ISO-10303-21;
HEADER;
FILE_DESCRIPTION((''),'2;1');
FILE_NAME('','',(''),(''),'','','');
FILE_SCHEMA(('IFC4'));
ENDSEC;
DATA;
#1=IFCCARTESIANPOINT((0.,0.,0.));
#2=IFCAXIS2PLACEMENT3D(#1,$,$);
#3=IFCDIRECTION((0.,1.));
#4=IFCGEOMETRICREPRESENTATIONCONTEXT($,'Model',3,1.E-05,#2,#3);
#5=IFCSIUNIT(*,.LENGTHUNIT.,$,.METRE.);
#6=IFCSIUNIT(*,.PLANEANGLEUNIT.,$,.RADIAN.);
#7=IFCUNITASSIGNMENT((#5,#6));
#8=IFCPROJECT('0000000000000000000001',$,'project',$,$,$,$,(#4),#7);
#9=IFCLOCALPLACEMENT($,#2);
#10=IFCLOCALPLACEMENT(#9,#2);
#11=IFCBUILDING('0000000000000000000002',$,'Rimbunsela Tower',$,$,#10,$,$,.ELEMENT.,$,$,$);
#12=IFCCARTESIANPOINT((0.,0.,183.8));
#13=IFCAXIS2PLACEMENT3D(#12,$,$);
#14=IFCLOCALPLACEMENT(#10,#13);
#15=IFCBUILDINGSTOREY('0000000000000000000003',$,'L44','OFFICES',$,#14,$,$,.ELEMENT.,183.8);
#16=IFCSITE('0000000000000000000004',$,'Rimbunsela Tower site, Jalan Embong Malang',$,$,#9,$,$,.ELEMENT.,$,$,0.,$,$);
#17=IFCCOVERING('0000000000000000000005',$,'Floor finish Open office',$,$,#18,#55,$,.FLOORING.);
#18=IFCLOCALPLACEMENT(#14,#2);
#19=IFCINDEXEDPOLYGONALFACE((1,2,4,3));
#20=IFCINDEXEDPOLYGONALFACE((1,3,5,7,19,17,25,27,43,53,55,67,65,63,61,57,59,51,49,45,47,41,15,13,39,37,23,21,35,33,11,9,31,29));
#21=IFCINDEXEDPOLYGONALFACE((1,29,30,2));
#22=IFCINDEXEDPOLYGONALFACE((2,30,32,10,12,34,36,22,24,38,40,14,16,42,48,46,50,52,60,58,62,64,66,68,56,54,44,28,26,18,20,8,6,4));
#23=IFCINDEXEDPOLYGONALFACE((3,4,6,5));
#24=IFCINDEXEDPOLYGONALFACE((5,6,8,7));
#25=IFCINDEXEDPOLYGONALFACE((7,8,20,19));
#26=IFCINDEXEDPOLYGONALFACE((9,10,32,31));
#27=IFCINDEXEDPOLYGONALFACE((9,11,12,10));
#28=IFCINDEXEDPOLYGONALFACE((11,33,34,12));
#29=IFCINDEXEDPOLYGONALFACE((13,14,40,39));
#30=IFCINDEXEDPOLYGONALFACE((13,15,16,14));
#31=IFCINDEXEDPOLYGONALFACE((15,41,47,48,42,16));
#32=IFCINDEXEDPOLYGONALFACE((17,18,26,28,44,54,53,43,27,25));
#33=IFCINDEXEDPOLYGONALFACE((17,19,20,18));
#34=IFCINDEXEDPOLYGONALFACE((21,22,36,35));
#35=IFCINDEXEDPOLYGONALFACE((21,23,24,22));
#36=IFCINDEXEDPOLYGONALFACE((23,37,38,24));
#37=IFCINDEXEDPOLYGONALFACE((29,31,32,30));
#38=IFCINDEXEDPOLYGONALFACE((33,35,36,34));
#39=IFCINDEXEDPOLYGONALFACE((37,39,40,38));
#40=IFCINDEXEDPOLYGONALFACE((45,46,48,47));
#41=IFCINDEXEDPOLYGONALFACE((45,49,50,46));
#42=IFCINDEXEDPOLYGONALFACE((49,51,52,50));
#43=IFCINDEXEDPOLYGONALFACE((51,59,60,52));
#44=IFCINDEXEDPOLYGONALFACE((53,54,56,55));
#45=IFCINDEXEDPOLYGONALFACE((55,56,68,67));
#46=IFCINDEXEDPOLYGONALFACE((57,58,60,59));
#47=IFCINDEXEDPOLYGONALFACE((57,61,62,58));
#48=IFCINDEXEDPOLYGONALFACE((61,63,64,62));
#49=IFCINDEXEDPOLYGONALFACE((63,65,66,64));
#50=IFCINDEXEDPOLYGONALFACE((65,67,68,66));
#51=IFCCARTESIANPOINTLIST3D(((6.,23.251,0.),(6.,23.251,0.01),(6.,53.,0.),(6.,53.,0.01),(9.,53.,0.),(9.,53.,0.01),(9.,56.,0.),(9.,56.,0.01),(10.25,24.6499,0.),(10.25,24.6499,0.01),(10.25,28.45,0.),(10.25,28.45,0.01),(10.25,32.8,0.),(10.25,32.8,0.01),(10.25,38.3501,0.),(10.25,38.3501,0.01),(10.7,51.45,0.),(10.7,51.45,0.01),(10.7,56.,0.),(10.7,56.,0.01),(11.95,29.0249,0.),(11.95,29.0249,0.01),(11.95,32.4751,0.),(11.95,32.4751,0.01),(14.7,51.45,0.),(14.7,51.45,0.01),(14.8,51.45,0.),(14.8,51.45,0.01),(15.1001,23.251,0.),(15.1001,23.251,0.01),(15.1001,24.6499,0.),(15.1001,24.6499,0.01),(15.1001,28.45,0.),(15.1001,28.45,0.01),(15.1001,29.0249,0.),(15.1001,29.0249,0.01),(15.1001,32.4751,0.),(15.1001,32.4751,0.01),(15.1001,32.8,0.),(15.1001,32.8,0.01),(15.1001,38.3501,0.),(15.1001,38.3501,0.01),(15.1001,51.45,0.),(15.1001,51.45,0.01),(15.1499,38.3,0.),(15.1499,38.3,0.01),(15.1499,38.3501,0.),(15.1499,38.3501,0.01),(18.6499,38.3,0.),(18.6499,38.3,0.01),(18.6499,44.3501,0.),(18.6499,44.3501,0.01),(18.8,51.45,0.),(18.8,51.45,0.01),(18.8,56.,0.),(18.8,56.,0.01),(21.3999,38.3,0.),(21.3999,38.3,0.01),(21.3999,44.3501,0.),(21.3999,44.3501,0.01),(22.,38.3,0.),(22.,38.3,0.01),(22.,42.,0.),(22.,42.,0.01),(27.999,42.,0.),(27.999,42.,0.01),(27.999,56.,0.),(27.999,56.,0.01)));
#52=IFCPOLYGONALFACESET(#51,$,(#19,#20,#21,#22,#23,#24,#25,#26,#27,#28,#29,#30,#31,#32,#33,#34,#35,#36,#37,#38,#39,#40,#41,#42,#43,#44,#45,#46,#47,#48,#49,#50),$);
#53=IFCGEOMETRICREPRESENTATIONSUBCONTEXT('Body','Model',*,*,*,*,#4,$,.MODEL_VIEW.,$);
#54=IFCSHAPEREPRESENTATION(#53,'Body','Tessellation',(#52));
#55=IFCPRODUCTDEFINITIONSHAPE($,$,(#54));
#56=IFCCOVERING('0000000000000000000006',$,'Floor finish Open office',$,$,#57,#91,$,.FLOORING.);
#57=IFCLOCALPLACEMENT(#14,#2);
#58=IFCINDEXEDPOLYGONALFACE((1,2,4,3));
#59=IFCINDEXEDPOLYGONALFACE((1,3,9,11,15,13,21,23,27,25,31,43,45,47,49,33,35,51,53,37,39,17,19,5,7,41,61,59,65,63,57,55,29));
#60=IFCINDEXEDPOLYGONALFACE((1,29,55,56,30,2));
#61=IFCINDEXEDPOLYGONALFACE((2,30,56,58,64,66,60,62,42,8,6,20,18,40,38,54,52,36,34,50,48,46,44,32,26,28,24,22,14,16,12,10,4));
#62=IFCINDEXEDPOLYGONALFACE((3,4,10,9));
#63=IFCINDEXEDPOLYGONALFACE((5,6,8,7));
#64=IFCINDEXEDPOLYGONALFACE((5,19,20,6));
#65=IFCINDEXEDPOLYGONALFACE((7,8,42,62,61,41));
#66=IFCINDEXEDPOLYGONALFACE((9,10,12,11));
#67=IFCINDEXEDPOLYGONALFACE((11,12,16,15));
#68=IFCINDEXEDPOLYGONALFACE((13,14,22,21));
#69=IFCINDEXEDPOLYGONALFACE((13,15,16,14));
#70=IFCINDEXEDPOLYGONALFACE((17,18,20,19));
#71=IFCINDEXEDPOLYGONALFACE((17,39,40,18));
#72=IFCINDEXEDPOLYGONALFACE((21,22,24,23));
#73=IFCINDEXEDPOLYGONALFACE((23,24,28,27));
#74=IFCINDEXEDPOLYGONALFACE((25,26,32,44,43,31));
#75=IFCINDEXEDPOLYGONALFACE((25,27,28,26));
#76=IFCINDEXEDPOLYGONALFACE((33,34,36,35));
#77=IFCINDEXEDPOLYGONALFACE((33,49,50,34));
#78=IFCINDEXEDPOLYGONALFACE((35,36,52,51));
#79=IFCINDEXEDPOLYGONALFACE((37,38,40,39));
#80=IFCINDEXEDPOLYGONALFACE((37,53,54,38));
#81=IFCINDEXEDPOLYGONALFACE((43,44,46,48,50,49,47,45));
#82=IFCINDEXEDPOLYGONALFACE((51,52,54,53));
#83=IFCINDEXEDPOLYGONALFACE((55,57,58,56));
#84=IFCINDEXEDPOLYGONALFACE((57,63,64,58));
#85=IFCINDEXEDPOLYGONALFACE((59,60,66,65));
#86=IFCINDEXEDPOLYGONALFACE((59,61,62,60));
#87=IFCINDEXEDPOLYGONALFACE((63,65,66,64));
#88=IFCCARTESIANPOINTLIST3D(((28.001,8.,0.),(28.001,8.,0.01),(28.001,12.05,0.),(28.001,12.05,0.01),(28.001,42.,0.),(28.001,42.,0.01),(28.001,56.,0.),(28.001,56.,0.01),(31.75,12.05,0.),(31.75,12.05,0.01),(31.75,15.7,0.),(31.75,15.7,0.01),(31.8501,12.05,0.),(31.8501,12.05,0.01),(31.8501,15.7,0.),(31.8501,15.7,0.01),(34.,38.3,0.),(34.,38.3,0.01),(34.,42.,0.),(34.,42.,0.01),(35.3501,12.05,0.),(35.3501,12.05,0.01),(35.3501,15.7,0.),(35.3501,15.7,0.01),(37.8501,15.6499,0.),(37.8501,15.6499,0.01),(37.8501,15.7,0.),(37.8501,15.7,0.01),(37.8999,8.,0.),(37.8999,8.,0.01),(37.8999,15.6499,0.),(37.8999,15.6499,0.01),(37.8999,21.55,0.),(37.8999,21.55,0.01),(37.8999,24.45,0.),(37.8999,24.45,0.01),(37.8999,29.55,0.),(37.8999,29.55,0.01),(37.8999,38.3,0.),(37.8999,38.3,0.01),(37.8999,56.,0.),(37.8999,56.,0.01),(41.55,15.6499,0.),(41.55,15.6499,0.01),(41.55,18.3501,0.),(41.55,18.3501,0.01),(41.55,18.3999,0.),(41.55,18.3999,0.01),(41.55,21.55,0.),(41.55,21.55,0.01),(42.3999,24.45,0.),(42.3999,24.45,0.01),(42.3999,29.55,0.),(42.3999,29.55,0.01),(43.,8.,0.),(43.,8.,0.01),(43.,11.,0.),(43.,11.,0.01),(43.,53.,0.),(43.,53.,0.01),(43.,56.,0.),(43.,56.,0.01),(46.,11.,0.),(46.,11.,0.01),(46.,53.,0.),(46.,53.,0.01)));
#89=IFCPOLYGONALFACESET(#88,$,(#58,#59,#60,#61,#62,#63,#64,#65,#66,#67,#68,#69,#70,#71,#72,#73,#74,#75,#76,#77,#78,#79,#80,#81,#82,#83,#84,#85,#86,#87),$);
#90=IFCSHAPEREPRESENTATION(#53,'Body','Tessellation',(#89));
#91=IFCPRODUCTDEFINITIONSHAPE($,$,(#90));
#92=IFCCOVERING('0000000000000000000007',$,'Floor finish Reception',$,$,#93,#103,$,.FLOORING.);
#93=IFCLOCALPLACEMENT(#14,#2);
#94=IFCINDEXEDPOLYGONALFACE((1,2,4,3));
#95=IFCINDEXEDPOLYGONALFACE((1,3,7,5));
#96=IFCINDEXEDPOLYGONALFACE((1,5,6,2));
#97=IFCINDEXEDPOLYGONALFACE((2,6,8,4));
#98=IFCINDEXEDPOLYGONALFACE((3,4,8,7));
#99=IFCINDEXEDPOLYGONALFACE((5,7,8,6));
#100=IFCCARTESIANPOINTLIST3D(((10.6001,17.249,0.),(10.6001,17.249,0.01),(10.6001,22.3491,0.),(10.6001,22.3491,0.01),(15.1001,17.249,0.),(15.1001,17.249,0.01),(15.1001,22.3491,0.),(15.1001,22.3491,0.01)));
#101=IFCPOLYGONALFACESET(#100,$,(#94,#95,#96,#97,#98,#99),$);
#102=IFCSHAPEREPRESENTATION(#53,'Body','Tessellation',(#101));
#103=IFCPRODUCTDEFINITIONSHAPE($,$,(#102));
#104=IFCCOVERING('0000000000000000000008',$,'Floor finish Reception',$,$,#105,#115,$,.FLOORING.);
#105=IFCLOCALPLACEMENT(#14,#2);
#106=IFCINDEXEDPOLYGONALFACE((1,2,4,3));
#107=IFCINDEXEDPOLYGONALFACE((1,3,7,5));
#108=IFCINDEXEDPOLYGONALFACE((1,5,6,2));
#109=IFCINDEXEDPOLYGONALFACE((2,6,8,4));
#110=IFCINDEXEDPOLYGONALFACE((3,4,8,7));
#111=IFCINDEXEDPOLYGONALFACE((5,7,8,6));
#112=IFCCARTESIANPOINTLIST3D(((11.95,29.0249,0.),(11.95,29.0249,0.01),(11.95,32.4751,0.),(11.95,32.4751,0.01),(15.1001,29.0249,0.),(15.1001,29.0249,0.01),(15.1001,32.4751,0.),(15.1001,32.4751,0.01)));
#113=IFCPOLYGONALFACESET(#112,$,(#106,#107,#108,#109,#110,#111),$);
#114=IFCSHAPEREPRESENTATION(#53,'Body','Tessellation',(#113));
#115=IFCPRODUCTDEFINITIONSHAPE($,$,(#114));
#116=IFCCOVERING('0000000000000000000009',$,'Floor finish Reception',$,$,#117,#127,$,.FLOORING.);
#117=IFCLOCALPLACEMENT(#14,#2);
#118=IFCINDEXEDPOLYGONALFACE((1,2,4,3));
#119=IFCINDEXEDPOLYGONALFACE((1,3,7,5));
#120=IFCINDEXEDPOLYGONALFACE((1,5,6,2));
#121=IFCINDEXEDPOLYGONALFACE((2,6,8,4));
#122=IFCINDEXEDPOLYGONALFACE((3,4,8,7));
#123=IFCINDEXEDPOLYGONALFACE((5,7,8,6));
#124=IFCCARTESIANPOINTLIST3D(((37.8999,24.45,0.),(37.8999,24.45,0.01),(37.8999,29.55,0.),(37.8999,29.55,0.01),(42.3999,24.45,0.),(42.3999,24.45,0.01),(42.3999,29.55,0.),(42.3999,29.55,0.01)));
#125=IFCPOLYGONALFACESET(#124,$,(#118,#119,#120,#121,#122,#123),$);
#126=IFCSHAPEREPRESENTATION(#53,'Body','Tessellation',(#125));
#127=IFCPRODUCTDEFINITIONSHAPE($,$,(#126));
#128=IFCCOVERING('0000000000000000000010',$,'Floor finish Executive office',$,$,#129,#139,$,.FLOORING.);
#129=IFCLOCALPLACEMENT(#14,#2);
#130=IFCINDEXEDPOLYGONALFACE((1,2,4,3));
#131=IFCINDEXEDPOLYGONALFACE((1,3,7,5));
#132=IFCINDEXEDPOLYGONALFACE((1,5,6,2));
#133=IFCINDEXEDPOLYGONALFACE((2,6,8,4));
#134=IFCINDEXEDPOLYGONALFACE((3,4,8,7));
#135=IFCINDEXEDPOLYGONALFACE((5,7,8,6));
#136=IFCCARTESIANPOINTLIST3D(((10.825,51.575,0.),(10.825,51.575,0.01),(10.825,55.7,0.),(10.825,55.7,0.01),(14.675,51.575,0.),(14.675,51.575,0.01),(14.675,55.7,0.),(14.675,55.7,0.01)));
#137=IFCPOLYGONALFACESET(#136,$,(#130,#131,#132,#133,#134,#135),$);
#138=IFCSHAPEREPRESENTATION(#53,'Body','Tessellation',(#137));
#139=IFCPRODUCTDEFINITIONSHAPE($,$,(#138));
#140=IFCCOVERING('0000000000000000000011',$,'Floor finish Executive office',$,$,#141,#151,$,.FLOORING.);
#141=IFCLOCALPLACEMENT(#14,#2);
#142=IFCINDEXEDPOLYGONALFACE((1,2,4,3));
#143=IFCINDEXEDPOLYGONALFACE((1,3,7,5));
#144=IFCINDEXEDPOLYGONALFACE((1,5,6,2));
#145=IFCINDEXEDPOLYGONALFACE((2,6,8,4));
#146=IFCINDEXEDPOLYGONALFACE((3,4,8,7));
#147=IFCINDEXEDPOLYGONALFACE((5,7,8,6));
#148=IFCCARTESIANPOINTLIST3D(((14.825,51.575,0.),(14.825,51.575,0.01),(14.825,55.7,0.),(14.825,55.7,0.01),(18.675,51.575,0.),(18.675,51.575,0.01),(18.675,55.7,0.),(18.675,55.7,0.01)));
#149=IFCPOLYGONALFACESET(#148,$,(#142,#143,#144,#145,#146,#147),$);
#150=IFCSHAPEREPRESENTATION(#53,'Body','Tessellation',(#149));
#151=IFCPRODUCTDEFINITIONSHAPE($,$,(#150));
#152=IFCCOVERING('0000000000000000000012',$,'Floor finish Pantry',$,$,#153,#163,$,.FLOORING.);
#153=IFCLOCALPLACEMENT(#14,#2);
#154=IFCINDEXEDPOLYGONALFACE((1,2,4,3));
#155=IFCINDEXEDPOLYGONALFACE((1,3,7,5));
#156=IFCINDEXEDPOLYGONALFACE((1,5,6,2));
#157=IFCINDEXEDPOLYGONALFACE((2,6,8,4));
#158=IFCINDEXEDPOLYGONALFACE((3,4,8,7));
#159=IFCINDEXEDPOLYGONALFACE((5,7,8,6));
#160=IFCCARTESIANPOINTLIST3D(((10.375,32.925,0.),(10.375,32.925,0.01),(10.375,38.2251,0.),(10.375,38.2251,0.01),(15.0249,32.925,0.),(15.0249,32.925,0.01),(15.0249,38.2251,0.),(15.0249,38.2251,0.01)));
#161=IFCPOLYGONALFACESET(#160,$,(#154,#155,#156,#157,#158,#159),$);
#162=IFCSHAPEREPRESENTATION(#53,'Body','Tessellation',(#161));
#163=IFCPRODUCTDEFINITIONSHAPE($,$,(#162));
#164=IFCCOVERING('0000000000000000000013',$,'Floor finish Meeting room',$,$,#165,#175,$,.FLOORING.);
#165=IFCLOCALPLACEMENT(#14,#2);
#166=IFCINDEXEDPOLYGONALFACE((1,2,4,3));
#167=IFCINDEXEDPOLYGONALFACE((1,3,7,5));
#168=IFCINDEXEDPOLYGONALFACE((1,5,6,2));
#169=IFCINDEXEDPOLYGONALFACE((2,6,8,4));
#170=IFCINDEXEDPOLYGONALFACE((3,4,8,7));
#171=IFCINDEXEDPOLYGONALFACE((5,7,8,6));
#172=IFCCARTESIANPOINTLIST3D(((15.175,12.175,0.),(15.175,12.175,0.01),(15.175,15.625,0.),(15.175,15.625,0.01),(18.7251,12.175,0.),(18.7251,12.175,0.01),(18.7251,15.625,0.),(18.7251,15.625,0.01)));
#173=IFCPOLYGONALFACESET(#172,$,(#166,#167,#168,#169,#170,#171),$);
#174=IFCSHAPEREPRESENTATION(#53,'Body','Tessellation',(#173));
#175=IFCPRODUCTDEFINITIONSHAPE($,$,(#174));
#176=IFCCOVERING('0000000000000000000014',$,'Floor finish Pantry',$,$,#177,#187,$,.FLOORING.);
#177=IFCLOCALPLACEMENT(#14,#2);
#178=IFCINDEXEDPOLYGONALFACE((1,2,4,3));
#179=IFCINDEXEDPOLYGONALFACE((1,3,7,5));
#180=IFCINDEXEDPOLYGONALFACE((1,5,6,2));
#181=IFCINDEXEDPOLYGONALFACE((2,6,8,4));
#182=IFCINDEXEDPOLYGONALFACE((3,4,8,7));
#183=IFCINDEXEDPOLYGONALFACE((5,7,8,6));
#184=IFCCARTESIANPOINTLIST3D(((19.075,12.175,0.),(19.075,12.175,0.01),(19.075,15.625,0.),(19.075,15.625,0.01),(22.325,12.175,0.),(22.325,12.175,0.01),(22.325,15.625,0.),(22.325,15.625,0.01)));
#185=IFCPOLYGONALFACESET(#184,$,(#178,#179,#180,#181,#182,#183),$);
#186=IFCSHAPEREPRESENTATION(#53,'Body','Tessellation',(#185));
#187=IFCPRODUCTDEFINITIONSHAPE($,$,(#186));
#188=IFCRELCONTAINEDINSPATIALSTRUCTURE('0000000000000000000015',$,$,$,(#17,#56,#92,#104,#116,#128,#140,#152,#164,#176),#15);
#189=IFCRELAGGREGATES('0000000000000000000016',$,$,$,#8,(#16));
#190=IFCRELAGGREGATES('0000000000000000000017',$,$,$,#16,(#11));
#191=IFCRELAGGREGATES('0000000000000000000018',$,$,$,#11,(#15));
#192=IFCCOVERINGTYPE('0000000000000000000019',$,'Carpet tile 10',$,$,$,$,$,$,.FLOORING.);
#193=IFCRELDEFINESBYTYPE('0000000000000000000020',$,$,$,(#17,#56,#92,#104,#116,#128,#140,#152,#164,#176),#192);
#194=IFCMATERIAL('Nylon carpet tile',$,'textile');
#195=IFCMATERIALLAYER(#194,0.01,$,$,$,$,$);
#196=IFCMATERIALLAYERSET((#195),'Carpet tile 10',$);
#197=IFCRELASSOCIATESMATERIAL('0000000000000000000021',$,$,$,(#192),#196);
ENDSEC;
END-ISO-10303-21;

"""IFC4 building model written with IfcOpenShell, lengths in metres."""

from ifc_helpers import new_model, si_unit, direction, frame, origin, place, context, subcontext, project, spatial, polyline, outline, extrude, material, layer, layer_set, type_object, element, save


model = new_model("IFC4")

# Units and contexts
model_context = context("Model", 3, precision=1e-05, world=origin(), true_north=direction((0.0, 1.0)))
body_context = subcontext(model_context, "Body", "Model", "MODEL_VIEW")
ifc_project = project(units=[si_unit("LENGTHUNIT", "METRE"), si_unit("PLANEANGLEUNIT", "RADIAN")], contexts=[model_context])

# Site, building, storey
site_placement = place(None, origin())
site = spatial("IfcSite", under=ifc_project, at=site_placement, Name="Rimbunsela Tower site, Jalan Embong Malang", CompositionType="ELEMENT", RefElevation=0.0)
building_placement = place(site_placement, origin())
building = spatial("IfcBuilding", under=site, at=building_placement, Name="Rimbunsela Tower", CompositionType="ELEMENT")
storey_placement = place(building_placement, frame((0.0, 0.0, 183.8)))
storey = spatial("IfcBuildingStorey", under=building, at=storey_placement, Name="L44", Description="OFFICES", CompositionType="ELEMENT", Elevation=183.8)

# Coverings
ifc_material_1 = material(Name="Nylon carpet tile", Category="textile")
ifc_layer_1 = layer(ifc_material_1, 0.01)
ifc_layer_set_1 = layer_set([ifc_layer_1], Name="Carpet tile 10")
covering_type_1 = type_object("IfcCoveringType", Name="Carpet tile 10", PredefinedType="FLOORING", material=ifc_layer_set_1)
covering_1_placement = place(storey_placement, origin())
element("IfcCovering", 1, at=covering_1_placement, inside=storey, type_object=covering_type_1, Name="Floor finish Open office", PredefinedType="FLOORING", context=body_context, shape_type="SweptSolid", body=[
    extrude(outline(polyline([(14.7, 51.45), (14.8, 51.45), (15.1001, 51.45), (18.8, 51.45), (18.8, 56.0), (27.999, 56.0), (27.999, 42.0), (22.0, 42.0), (22.0, 38.3), (21.3999, 38.3), (21.3999, 44.3501), (18.6499, 44.3501), (18.6499, 38.3), (15.1499, 38.3), (15.1499, 38.3501), (15.1001, 38.3501), (10.25, 38.3501), (10.25, 32.8), (15.1001, 32.8), (15.1001, 32.4751), (11.95, 32.4751), (11.95, 29.0249), (15.1001, 29.0249), (15.1001, 28.45), (10.25, 28.45), (10.25, 24.6499), (15.1001, 24.6499), (15.1001, 23.251), (6.0, 23.251), (6.0, 53.0), (9.0, 53.0), (9.0, 56.0), (10.7, 56.0), (10.7, 51.45), (14.7, 51.45)])), origin(), (0.0, 0.0, 1.0), 0.01),
])
covering_2_placement = place(storey_placement, origin())
element("IfcCovering", 2, at=covering_2_placement, inside=storey, type_object=covering_type_1, Name="Floor finish Open office", PredefinedType="FLOORING", context=body_context, shape_type="SweptSolid", body=[
    extrude(outline(polyline([(28.001, 12.05), (31.75, 12.05), (31.75, 15.7), (31.8501, 15.7), (31.8501, 12.05), (35.3501, 12.05), (35.3501, 15.7), (37.8501, 15.7), (37.8501, 15.6499), (37.8999, 15.6499), (41.55, 15.6499), (41.55, 18.3501), (41.55, 18.3999), (41.55, 21.55), (37.8999, 21.55), (37.8999, 24.45), (42.3999, 24.45), (42.3999, 29.55), (37.8999, 29.55), (37.8999, 38.3), (34.0, 38.3), (34.0, 42.0), (28.001, 42.0), (28.001, 56.0), (37.8999, 56.0), (43.0, 56.0), (43.0, 53.0), (46.0, 53.0), (46.0, 11.0), (43.0, 11.0), (43.0, 8.0), (37.8999, 8.0), (28.001, 8.0), (28.001, 12.05)])), origin(), (0.0, 0.0, 1.0), 0.01),
])
covering_3_placement = place(storey_placement, origin())
element("IfcCovering", 3, at=covering_3_placement, inside=storey, type_object=covering_type_1, Name="Floor finish Reception", PredefinedType="FLOORING", context=body_context, shape_type="SweptSolid", body=[
    extrude(outline(polyline([(15.1001, 17.249), (15.1001, 22.3491), (10.6001, 22.3491), (10.6001, 17.249), (15.1001, 17.249)])), origin(), (0.0, 0.0, 1.0), 0.01),
])
covering_4_placement = place(storey_placement, origin())
element("IfcCovering", 4, at=covering_4_placement, inside=storey, type_object=covering_type_1, Name="Floor finish Reception", PredefinedType="FLOORING", context=body_context, shape_type="SweptSolid", body=[
    extrude(outline(polyline([(15.1001, 29.0249), (15.1001, 32.4751), (11.95, 32.4751), (11.95, 29.0249), (15.1001, 29.0249)])), origin(), (0.0, 0.0, 1.0), 0.01),
])
covering_5_placement = place(storey_placement, origin())
element("IfcCovering", 5, at=covering_5_placement, inside=storey, type_object=covering_type_1, Name="Floor finish Reception", PredefinedType="FLOORING", context=body_context, shape_type="SweptSolid", body=[
    extrude(outline(polyline([(42.3999, 24.45), (42.3999, 29.55), (37.8999, 29.55), (37.8999, 24.45), (42.3999, 24.45)])), origin(), (0.0, 0.0, 1.0), 0.01),
])
covering_6_placement = place(storey_placement, origin())
element("IfcCovering", 6, at=covering_6_placement, inside=storey, type_object=covering_type_1, Name="Floor finish Executive office", PredefinedType="FLOORING", context=body_context, shape_type="SweptSolid", body=[
    extrude(outline(polyline([(14.675, 51.575), (14.675, 55.7), (10.825, 55.7), (10.825, 51.575), (14.675, 51.575)])), origin(), (0.0, 0.0, 1.0), 0.01),
])
covering_7_placement = place(storey_placement, origin())
element("IfcCovering", 7, at=covering_7_placement, inside=storey, type_object=covering_type_1, Name="Floor finish Executive office", PredefinedType="FLOORING", context=body_context, shape_type="SweptSolid", body=[
    extrude(outline(polyline([(18.675, 51.575), (18.675, 55.7), (14.825, 55.7), (14.825, 51.575), (18.675, 51.575)])), origin(), (0.0, 0.0, 1.0), 0.01),
])
covering_8_placement = place(storey_placement, origin())
element("IfcCovering", 8, at=covering_8_placement, inside=storey, type_object=covering_type_1, Name="Floor finish Pantry", PredefinedType="FLOORING", context=body_context, shape_type="SweptSolid", body=[
    extrude(outline(polyline([(15.0249, 32.925), (15.0249, 38.2251), (10.375, 38.2251), (10.375, 32.925), (15.0249, 32.925)])), origin(), (0.0, 0.0, 1.0), 0.01),
])
covering_9_placement = place(storey_placement, origin())
element("IfcCovering", 9, at=covering_9_placement, inside=storey, type_object=covering_type_1, Name="Floor finish Meeting room", PredefinedType="FLOORING", context=body_context, shape_type="SweptSolid", body=[
    extrude(outline(polyline([(18.7251, 12.175), (18.7251, 15.625), (15.175, 15.625), (15.175, 12.175), (18.7251, 12.175)])), origin(), (0.0, 0.0, 1.0), 0.01),
])
covering_10_placement = place(storey_placement, origin())
element("IfcCovering", 10, at=covering_10_placement, inside=storey, type_object=covering_type_1, Name="Floor finish Pantry", PredefinedType="FLOORING", context=body_context, shape_type="SweptSolid", body=[
    extrude(outline(polyline([(22.325, 12.175), (22.325, 15.625), (19.075, 15.625), (19.075, 12.175), (22.325, 12.175)])), origin(), (0.0, 0.0, 1.0), 0.01),
])

save(model, "model.ifc")
